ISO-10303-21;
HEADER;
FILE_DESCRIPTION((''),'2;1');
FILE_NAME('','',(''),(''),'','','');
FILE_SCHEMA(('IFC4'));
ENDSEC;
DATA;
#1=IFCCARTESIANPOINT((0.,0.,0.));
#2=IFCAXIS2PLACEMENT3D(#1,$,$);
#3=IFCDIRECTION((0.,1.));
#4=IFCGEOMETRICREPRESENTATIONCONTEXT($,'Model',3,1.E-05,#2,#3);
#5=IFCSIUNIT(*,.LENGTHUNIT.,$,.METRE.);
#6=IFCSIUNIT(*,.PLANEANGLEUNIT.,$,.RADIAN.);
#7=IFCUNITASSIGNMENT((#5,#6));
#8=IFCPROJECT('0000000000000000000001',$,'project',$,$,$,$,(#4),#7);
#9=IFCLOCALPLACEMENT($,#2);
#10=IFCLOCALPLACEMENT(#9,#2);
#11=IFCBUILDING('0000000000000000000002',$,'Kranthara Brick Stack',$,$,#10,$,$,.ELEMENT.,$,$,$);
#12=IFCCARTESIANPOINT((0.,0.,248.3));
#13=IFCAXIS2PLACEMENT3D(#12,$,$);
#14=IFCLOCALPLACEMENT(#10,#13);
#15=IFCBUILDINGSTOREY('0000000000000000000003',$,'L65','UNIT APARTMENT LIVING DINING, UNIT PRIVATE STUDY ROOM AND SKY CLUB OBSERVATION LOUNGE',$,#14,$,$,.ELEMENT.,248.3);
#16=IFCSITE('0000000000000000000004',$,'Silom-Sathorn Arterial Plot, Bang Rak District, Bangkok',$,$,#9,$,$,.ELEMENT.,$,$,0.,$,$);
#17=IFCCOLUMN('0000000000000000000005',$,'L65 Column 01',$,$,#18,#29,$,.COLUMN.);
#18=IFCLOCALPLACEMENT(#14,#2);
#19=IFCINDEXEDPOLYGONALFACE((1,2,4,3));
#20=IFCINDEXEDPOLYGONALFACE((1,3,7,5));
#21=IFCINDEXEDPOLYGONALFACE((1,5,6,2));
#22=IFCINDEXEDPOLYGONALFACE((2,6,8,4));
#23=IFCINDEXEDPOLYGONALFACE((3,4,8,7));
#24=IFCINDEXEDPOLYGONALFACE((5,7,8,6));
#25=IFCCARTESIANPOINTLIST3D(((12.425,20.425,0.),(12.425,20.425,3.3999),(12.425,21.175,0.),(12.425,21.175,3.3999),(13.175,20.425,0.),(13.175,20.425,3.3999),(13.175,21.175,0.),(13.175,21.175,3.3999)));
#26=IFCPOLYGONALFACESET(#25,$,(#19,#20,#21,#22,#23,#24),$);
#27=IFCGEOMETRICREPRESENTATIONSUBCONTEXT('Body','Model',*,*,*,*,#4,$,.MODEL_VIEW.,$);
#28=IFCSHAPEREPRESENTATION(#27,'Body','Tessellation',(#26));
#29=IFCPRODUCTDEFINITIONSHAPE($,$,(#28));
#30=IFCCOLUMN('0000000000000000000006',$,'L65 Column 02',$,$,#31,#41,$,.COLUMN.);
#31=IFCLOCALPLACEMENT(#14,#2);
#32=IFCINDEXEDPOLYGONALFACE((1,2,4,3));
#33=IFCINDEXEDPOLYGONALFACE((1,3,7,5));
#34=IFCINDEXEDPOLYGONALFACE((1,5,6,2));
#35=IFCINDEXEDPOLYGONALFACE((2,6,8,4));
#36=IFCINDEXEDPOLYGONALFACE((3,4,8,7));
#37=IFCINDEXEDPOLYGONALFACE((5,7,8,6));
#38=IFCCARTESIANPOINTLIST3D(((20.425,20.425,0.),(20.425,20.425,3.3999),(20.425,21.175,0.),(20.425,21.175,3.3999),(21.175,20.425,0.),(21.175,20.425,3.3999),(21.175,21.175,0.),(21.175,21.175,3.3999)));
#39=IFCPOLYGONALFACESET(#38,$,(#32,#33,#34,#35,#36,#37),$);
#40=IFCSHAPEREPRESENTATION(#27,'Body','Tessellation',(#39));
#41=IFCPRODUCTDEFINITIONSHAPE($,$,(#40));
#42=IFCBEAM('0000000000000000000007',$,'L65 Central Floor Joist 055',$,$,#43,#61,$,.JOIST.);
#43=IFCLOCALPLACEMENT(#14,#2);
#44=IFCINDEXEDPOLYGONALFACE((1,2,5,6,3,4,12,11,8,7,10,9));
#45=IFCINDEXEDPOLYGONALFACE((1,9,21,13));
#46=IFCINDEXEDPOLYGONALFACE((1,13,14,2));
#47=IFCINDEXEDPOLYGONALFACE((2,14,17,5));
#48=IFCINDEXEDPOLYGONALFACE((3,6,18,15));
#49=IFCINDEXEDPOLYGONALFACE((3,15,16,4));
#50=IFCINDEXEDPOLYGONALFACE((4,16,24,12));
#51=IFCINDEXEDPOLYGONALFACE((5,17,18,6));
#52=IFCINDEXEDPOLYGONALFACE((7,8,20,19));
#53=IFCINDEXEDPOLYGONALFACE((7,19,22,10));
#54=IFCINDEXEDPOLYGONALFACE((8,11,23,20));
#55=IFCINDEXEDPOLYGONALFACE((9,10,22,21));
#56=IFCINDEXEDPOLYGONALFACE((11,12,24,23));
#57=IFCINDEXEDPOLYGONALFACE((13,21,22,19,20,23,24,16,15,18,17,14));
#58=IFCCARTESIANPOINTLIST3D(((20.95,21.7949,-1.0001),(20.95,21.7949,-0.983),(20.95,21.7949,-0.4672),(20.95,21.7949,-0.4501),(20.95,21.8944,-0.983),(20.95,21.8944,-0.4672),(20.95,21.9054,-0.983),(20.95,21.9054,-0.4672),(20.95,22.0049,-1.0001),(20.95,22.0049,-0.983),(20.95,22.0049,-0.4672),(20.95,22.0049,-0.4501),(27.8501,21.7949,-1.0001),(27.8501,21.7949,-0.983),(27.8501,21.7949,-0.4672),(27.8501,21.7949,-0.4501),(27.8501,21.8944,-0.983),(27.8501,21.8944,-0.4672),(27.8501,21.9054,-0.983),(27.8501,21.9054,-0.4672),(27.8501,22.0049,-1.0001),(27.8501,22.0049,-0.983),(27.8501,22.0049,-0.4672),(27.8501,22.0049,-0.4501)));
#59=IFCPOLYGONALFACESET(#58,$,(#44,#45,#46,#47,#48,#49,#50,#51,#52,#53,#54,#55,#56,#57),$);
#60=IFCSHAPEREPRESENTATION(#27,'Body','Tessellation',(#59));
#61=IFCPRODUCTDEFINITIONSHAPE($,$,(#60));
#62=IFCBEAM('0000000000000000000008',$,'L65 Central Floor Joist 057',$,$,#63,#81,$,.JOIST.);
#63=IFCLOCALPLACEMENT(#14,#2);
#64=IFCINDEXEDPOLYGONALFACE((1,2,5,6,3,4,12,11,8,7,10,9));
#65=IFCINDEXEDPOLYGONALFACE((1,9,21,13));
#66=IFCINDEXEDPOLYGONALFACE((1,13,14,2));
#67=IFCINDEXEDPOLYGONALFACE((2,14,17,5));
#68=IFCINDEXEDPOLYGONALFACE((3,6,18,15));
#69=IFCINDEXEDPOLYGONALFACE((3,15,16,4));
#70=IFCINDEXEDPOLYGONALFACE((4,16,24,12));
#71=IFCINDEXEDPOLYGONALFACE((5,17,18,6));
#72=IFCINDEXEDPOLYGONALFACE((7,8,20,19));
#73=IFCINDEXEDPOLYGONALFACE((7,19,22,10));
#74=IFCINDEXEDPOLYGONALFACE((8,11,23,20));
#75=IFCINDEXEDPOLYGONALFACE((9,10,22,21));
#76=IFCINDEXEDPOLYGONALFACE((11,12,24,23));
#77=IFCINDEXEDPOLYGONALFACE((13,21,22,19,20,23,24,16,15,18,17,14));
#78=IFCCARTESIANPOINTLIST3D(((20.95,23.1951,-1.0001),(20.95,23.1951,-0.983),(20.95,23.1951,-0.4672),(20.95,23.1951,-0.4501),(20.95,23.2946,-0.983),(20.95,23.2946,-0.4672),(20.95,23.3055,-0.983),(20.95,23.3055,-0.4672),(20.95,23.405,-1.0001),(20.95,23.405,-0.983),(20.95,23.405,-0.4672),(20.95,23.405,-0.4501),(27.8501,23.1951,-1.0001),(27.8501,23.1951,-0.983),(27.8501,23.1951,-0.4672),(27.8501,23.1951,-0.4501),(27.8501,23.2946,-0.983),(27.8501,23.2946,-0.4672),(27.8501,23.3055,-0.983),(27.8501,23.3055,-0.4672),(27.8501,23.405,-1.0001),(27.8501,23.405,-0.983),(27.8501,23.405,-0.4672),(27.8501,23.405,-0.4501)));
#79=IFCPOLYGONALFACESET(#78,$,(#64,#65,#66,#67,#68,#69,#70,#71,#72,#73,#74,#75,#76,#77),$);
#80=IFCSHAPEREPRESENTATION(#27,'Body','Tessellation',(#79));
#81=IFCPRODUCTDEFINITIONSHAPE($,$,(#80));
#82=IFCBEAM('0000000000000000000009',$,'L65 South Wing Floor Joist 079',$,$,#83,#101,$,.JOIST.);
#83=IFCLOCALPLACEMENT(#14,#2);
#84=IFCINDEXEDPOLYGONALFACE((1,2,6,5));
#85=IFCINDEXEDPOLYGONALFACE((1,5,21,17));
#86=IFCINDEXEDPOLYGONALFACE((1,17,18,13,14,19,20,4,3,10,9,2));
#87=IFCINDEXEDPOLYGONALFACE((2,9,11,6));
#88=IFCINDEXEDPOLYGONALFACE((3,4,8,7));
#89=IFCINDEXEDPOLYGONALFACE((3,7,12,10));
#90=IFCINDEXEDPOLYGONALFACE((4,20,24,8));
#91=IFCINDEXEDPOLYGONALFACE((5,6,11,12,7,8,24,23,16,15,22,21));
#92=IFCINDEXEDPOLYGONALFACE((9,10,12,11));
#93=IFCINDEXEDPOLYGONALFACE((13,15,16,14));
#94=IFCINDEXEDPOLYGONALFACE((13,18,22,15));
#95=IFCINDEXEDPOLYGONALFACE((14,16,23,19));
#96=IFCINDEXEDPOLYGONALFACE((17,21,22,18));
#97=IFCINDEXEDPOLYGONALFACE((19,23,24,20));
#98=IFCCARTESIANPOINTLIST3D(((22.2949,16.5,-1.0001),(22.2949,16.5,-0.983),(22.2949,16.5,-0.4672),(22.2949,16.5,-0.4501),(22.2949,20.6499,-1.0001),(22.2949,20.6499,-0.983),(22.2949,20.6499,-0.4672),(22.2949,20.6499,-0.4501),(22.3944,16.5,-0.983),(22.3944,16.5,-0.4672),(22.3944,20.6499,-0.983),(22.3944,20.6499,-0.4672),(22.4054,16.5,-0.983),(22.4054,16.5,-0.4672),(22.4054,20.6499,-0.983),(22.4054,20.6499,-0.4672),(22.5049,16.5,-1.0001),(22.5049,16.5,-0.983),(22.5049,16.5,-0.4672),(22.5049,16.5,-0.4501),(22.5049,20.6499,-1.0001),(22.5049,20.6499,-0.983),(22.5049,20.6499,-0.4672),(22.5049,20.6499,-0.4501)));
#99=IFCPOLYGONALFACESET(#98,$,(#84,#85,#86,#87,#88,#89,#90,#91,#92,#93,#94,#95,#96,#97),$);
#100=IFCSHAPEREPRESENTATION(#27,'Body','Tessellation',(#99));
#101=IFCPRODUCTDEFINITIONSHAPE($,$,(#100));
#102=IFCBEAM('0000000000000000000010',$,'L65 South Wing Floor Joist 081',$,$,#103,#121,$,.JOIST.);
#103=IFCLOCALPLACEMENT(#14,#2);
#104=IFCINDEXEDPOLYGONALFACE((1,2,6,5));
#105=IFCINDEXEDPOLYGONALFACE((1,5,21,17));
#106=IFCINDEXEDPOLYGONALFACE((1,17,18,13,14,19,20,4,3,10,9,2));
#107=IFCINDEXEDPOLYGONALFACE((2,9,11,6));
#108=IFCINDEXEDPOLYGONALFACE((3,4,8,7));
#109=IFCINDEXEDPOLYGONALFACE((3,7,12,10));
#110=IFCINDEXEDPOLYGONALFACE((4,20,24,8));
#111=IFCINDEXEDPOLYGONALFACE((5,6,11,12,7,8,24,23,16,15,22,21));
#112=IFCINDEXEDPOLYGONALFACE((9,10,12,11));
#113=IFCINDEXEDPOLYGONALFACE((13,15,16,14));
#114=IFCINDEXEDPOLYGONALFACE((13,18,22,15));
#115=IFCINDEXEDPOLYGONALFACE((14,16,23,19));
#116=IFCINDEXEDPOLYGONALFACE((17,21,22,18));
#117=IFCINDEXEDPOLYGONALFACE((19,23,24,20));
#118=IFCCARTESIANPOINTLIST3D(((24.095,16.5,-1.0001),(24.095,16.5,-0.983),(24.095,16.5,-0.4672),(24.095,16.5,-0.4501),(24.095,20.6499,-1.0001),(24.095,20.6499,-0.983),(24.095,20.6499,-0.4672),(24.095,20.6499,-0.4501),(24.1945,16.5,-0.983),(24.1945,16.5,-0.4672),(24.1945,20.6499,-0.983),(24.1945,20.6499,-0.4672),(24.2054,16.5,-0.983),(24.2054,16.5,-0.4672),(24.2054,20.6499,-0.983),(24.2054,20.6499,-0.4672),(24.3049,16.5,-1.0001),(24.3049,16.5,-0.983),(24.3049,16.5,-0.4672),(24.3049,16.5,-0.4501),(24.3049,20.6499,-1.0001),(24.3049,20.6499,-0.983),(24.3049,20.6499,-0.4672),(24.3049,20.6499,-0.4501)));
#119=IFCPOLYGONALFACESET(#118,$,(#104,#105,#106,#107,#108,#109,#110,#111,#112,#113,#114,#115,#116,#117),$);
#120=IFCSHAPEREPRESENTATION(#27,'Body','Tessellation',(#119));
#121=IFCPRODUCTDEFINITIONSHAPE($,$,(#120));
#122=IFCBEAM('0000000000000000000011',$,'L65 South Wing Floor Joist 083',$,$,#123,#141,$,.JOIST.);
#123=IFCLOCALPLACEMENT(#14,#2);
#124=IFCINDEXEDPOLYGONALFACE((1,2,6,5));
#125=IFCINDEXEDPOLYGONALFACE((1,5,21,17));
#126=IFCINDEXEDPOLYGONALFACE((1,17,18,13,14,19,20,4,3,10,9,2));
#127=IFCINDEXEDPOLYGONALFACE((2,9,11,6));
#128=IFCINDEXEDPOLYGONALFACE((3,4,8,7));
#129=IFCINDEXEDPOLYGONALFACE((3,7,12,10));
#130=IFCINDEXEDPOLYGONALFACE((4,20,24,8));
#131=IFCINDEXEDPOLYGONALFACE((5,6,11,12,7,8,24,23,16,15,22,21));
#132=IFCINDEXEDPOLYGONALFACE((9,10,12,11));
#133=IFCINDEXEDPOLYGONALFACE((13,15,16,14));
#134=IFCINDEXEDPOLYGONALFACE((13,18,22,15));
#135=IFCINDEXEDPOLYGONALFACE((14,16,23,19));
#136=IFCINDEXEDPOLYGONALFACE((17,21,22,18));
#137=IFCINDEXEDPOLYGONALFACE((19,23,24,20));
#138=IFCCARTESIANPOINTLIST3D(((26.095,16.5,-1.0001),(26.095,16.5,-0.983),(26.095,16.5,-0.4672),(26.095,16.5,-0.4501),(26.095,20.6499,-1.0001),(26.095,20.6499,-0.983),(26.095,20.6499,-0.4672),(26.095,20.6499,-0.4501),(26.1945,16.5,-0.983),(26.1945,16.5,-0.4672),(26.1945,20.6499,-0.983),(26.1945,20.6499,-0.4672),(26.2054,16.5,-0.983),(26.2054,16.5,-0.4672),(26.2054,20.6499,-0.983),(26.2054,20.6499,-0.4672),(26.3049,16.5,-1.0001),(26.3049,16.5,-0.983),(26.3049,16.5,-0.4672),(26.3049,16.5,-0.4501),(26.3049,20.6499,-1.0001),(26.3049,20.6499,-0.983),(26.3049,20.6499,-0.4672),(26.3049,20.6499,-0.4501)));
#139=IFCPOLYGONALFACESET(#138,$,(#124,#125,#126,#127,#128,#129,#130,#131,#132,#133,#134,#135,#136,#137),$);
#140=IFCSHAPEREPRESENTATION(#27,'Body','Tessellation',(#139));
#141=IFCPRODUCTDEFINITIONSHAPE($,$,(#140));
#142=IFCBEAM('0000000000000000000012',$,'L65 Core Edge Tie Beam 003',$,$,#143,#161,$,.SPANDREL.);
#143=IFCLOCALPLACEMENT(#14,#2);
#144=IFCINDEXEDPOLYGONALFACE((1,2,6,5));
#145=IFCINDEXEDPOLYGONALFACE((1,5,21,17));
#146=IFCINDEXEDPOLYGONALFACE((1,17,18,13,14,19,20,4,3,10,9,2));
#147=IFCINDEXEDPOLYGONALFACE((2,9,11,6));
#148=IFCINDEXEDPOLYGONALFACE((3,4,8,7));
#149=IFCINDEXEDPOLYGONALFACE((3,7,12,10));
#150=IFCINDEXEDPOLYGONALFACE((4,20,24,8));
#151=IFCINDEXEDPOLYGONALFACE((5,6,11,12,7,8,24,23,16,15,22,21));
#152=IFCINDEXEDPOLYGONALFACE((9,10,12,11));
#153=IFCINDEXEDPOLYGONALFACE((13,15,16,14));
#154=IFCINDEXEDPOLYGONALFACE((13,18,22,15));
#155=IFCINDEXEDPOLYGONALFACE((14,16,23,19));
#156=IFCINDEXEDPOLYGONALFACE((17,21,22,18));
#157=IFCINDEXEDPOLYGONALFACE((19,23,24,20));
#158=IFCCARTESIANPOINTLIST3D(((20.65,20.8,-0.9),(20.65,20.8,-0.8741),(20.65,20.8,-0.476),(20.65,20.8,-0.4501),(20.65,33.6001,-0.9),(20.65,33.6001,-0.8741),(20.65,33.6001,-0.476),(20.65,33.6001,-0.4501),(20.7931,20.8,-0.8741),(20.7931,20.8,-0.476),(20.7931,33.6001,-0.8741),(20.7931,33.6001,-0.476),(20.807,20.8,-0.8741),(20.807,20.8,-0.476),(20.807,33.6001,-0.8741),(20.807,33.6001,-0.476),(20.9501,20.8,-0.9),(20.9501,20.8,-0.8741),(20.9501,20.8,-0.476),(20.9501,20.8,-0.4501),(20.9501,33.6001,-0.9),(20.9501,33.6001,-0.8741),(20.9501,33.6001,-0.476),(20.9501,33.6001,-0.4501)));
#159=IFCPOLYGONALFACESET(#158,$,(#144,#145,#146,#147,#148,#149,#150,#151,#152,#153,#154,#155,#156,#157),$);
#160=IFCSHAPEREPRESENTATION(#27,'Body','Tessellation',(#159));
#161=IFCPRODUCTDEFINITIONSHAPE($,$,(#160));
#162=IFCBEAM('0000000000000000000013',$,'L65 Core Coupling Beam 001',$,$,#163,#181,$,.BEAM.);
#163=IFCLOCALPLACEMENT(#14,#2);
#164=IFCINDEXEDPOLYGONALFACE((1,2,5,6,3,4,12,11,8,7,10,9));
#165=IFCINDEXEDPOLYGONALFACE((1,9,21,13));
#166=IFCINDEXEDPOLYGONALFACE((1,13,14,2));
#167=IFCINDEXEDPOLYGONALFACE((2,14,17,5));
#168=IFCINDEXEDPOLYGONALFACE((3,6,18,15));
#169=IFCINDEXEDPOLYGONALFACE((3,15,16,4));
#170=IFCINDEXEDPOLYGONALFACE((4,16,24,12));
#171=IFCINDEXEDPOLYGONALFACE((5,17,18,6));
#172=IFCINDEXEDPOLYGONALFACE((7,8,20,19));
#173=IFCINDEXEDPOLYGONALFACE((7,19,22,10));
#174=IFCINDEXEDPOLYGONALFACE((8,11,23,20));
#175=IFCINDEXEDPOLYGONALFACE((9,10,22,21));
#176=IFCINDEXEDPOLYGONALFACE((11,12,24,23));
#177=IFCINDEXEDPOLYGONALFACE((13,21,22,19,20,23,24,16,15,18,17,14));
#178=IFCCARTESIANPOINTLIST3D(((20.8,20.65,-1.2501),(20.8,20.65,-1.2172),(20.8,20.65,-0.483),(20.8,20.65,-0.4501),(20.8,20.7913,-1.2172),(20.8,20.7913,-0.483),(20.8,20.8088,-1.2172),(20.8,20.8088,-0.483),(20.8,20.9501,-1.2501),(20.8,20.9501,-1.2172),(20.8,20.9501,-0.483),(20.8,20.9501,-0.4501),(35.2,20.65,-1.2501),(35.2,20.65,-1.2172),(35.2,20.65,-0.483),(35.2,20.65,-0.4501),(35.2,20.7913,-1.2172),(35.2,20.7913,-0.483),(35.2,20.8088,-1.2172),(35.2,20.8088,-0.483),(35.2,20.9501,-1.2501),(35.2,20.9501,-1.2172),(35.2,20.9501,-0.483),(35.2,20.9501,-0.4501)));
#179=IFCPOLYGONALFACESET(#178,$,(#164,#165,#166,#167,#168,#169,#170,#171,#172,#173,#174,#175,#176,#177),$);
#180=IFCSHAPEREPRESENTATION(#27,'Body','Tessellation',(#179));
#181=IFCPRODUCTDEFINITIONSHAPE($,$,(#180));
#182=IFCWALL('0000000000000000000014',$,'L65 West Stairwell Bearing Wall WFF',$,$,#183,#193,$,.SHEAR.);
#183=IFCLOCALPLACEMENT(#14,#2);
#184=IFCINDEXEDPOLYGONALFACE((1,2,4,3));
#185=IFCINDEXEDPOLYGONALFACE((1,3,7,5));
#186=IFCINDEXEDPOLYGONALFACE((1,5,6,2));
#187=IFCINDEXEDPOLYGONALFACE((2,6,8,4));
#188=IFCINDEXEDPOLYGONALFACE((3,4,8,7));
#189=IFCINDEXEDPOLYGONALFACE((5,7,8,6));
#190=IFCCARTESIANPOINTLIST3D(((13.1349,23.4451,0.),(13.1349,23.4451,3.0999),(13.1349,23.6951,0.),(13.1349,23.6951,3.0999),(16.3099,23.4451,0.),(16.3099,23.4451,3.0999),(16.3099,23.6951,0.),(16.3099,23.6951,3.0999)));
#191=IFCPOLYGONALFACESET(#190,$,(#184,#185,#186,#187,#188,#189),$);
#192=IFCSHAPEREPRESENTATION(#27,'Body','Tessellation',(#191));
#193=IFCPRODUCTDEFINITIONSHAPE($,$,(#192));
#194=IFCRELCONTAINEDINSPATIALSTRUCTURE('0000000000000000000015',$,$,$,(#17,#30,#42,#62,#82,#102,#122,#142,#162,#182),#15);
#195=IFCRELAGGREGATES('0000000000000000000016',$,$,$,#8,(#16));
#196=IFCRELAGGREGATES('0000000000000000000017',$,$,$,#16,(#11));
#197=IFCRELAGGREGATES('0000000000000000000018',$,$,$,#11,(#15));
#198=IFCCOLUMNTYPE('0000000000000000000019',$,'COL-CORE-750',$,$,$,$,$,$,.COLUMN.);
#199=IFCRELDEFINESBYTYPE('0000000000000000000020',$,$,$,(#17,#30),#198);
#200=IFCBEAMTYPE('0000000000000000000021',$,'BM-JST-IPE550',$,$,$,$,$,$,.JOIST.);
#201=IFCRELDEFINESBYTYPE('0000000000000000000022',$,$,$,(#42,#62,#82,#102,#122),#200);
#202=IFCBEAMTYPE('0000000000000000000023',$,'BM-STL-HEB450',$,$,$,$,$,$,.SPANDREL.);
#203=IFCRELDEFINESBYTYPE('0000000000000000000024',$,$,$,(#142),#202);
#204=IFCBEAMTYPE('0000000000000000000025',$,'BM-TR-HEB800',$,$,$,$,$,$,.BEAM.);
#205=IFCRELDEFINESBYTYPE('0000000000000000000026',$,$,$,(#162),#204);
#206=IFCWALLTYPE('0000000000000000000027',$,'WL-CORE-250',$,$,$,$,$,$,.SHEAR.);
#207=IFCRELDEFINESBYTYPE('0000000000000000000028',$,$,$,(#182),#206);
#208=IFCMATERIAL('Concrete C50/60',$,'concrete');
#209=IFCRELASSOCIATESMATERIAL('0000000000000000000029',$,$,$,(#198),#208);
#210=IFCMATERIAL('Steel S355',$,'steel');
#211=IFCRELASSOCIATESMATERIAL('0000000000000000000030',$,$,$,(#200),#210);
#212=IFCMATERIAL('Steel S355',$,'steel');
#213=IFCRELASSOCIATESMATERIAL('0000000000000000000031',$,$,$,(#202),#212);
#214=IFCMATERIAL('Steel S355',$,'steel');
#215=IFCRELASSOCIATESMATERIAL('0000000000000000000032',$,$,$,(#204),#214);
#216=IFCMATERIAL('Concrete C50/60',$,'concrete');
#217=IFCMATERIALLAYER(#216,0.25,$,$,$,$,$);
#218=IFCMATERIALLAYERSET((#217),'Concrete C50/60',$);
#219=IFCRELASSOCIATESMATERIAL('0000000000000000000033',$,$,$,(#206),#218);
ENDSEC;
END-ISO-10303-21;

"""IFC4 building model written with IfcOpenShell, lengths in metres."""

from ifc_helpers import new_model, si_unit, direction, frame, frame_2d, origin, origin_2d, place, context, subcontext, project, spatial, rectangle, i_section, extrude, material, layer, layer_set, material_profile, profile_set, type_object, element, save


model = new_model("IFC4")

# Units and contexts
model_context = context("Model", 3, precision=1e-05, world=origin(), true_north=direction((0.0, 1.0)))
body_context = subcontext(model_context, "Body", "Model", "MODEL_VIEW")
ifc_project = project(units=[si_unit("LENGTHUNIT", "METRE"), si_unit("PLANEANGLEUNIT", "RADIAN")], contexts=[model_context])

# Site, building, storey
site_placement = place(None, origin())
site = spatial("IfcSite", under=ifc_project, at=site_placement, Name="Silom-Sathorn Arterial Plot, Bang Rak District, Bangkok", CompositionType="ELEMENT", RefElevation=0.0)
building_placement = place(site_placement, origin())
building = spatial("IfcBuilding", under=site, at=building_placement, Name="Kranthara Brick Stack", CompositionType="ELEMENT")
storey_placement = place(building_placement, frame((0.0, 0.0, 248.3)))
storey = spatial("IfcBuildingStorey", under=building, at=storey_placement, Name="L65", Description="UNIT APARTMENT LIVING DINING, UNIT PRIVATE STUDY ROOM AND SKY CLUB OBSERVATION LOUNGE", CompositionType="ELEMENT", Elevation=248.3)

# Columns
ifc_material_1 = material(Name="Concrete C50/60", Category="concrete")
ifc_material_profile_1 = material_profile(ifc_material_1, rectangle(XDim=0.75, YDim=0.75, at=origin_2d()), Name="RC 750x750")
ifc_profile_set_1 = profile_set([ifc_material_profile_1], Name="Concrete C50/60")
column_type = type_object("IfcColumnType", Name="COL-CORE-750", PredefinedType="COLUMN", material=ifc_profile_set_1)
for number, where, z_axis, x_axis, name in (
    (1, (12.8, 20.8, 0.0), (0.0, 0.0, 1.0), (1.0, 0.0, 0.0), "L65 Column 01"),
    (2, (20.8, 20.8, 0.0), (0.0, 0.0, 1.0), (1.0, 0.0, 0.0), "L65 Column 02"),
):
    element("IfcColumn", number, at=place(storey_placement, frame(where, z_axis=z_axis, x_axis=x_axis)), inside=storey, type_object=column_type, Name=name, PredefinedType="COLUMN", context=body_context, shape_type="SweptSolid", body=[
        extrude(rectangle(XDim=0.75, YDim=0.75, at=origin_2d()), origin(), (0.0, 0.0, 1.0), 3.3999),
    ])

# Beams
ifc_material_2 = material(Name="Steel S355", Category="steel")
ifc_material_profile_2 = material_profile(ifc_material_2, i_section(OverallWidth=0.21, OverallDepth=0.55, WebThickness=0.011, FlangeThickness=0.0171, at=origin_2d()), Name="IPE 550")
ifc_profile_set_2 = profile_set([ifc_material_profile_2], Name="Steel S355")
beam_type_1 = type_object("IfcBeamType", Name="BM-JST-IPE550", PredefinedType="JOIST", material=ifc_profile_set_2)
for number, where, z_axis, x_axis, name in (
    (3, (20.95, 21.8999, -0.7251), (1.0, 0.0, 0.0), (0.0, 1.0, 0.0), "L65 Central Floor Joist 055"),
    (4, (20.95, 23.3, -0.7251), (1.0, 0.0, 0.0), (0.0, 1.0, 0.0), "L65 Central Floor Joist 057"),
):
    element("IfcBeam", number, at=place(storey_placement, frame(where, z_axis=z_axis, x_axis=x_axis)), inside=storey, type_object=beam_type_1, Name=name, PredefinedType="JOIST", context=body_context, shape_type="SweptSolid", body=[
        extrude(i_section(OverallWidth=0.21, OverallDepth=0.55, WebThickness=0.011, FlangeThickness=0.0171, at=origin_2d()), origin(), (0.0, 0.0, 1.0), 6.9001),
    ])
for number, where, z_axis, x_axis, name in (
    (5, (22.3999, 16.5, -0.7251), (0.0, 1.0, 0.0), (-1.0, 0.0, 0.0), "L65 South Wing Floor Joist 079"),
    (6, (24.2, 16.5, -0.7251), (0.0, 1.0, 0.0), (-1.0, 0.0, 0.0), "L65 South Wing Floor Joist 081"),
    (7, (26.2, 16.5, -0.7251), (0.0, 1.0, 0.0), (-1.0, 0.0, 0.0), "L65 South Wing Floor Joist 083"),
):
    element("IfcBeam", number, at=place(storey_placement, frame(where, z_axis=z_axis, x_axis=x_axis)), inside=storey, type_object=beam_type_1, Name=name, PredefinedType="JOIST", context=body_context, shape_type="SweptSolid", body=[
        extrude(i_section(OverallWidth=0.21, OverallDepth=0.55, WebThickness=0.011, FlangeThickness=0.0171, at=origin_2d()), origin(), (0.0, 0.0, 1.0), 4.1499),
    ])
ifc_material_3 = material(Name="Steel S355", Category="steel")
ifc_material_profile_3 = material_profile(ifc_material_3, i_section(OverallWidth=0.3, OverallDepth=0.45, WebThickness=0.0139, FlangeThickness=0.0259, at=origin_2d()), Name="HEB 450")
ifc_profile_set_3 = profile_set([ifc_material_profile_3], Name="Steel S355")
beam_type_2 = type_object("IfcBeamType", Name="BM-STL-HEB450", PredefinedType="SPANDREL", material=ifc_profile_set_3)
beam_1_placement = place(storey_placement, frame((20.8, 20.8, -0.675), z_axis=(0.0, 1.0, 0.0), x_axis=(-1.0, 0.0, 0.0)))
element("IfcBeam", 8, at=beam_1_placement, inside=storey, type_object=beam_type_2, Name="L65 Core Edge Tie Beam 003", PredefinedType="SPANDREL", context=body_context, shape_type="SweptSolid", body=[
    extrude(i_section(OverallWidth=0.3, OverallDepth=0.45, WebThickness=0.0139, FlangeThickness=0.0259, at=origin_2d()), origin(), (0.0, 0.0, 1.0), 12.8),
])
ifc_material_4 = material(Name="Steel S355", Category="steel")
ifc_material_profile_4 = material_profile(ifc_material_4, i_section(OverallWidth=0.3, OverallDepth=0.8, WebThickness=0.0176, FlangeThickness=0.033, at=origin_2d()), Name="HEB 800")
ifc_profile_set_4 = profile_set([ifc_material_profile_4], Name="Steel S355")
beam_type_3 = type_object("IfcBeamType", Name="BM-TR-HEB800", PredefinedType="BEAM", material=ifc_profile_set_4)
beam_2_placement = place(storey_placement, frame((20.8, 20.8, -0.8501), z_axis=(1.0, 0.0, 0.0), x_axis=(0.0, 1.0, 0.0)))
element("IfcBeam", 9, at=beam_2_placement, inside=storey, type_object=beam_type_3, Name="L65 Core Coupling Beam 001", PredefinedType="BEAM", context=body_context, shape_type="SweptSolid", body=[
    extrude(i_section(OverallWidth=0.3, OverallDepth=0.8, WebThickness=0.0176, FlangeThickness=0.033, at=origin_2d()), origin(), (0.0, 0.0, 1.0), 14.3999),
])

# Shared definitions
ifc_material_5 = material(Name="Concrete C50/60", Category="concrete")
ifc_layer_1 = layer(ifc_material_5, 0.25)
ifc_layer_set_1 = layer_set([ifc_layer_1], Name="Concrete C50/60")
wall_type_1 = type_object("IfcWallType", Name="WL-CORE-250", PredefinedType="SHEAR", material=ifc_layer_set_1)

# Wall
wall_1_placement = place(storey_placement, frame((13.135, 23.5701, 0.0), z_axis=(0.0, 0.0, 1.0), x_axis=(1.0, 0.0, 0.0)))
element("IfcWall", 10, at=wall_1_placement, inside=storey, type_object=wall_type_1, Name="L65 West Stairwell Bearing Wall WFF", PredefinedType="SHEAR", context=body_context, shape_type="SweptSolid", body=[
    extrude(rectangle(XDim=3.175, YDim=0.25, at=frame_2d((1.5874, 0.0))), origin(), (0.0, 0.0, 1.0), 3.0999),
])

save(model, "model.ifc")
